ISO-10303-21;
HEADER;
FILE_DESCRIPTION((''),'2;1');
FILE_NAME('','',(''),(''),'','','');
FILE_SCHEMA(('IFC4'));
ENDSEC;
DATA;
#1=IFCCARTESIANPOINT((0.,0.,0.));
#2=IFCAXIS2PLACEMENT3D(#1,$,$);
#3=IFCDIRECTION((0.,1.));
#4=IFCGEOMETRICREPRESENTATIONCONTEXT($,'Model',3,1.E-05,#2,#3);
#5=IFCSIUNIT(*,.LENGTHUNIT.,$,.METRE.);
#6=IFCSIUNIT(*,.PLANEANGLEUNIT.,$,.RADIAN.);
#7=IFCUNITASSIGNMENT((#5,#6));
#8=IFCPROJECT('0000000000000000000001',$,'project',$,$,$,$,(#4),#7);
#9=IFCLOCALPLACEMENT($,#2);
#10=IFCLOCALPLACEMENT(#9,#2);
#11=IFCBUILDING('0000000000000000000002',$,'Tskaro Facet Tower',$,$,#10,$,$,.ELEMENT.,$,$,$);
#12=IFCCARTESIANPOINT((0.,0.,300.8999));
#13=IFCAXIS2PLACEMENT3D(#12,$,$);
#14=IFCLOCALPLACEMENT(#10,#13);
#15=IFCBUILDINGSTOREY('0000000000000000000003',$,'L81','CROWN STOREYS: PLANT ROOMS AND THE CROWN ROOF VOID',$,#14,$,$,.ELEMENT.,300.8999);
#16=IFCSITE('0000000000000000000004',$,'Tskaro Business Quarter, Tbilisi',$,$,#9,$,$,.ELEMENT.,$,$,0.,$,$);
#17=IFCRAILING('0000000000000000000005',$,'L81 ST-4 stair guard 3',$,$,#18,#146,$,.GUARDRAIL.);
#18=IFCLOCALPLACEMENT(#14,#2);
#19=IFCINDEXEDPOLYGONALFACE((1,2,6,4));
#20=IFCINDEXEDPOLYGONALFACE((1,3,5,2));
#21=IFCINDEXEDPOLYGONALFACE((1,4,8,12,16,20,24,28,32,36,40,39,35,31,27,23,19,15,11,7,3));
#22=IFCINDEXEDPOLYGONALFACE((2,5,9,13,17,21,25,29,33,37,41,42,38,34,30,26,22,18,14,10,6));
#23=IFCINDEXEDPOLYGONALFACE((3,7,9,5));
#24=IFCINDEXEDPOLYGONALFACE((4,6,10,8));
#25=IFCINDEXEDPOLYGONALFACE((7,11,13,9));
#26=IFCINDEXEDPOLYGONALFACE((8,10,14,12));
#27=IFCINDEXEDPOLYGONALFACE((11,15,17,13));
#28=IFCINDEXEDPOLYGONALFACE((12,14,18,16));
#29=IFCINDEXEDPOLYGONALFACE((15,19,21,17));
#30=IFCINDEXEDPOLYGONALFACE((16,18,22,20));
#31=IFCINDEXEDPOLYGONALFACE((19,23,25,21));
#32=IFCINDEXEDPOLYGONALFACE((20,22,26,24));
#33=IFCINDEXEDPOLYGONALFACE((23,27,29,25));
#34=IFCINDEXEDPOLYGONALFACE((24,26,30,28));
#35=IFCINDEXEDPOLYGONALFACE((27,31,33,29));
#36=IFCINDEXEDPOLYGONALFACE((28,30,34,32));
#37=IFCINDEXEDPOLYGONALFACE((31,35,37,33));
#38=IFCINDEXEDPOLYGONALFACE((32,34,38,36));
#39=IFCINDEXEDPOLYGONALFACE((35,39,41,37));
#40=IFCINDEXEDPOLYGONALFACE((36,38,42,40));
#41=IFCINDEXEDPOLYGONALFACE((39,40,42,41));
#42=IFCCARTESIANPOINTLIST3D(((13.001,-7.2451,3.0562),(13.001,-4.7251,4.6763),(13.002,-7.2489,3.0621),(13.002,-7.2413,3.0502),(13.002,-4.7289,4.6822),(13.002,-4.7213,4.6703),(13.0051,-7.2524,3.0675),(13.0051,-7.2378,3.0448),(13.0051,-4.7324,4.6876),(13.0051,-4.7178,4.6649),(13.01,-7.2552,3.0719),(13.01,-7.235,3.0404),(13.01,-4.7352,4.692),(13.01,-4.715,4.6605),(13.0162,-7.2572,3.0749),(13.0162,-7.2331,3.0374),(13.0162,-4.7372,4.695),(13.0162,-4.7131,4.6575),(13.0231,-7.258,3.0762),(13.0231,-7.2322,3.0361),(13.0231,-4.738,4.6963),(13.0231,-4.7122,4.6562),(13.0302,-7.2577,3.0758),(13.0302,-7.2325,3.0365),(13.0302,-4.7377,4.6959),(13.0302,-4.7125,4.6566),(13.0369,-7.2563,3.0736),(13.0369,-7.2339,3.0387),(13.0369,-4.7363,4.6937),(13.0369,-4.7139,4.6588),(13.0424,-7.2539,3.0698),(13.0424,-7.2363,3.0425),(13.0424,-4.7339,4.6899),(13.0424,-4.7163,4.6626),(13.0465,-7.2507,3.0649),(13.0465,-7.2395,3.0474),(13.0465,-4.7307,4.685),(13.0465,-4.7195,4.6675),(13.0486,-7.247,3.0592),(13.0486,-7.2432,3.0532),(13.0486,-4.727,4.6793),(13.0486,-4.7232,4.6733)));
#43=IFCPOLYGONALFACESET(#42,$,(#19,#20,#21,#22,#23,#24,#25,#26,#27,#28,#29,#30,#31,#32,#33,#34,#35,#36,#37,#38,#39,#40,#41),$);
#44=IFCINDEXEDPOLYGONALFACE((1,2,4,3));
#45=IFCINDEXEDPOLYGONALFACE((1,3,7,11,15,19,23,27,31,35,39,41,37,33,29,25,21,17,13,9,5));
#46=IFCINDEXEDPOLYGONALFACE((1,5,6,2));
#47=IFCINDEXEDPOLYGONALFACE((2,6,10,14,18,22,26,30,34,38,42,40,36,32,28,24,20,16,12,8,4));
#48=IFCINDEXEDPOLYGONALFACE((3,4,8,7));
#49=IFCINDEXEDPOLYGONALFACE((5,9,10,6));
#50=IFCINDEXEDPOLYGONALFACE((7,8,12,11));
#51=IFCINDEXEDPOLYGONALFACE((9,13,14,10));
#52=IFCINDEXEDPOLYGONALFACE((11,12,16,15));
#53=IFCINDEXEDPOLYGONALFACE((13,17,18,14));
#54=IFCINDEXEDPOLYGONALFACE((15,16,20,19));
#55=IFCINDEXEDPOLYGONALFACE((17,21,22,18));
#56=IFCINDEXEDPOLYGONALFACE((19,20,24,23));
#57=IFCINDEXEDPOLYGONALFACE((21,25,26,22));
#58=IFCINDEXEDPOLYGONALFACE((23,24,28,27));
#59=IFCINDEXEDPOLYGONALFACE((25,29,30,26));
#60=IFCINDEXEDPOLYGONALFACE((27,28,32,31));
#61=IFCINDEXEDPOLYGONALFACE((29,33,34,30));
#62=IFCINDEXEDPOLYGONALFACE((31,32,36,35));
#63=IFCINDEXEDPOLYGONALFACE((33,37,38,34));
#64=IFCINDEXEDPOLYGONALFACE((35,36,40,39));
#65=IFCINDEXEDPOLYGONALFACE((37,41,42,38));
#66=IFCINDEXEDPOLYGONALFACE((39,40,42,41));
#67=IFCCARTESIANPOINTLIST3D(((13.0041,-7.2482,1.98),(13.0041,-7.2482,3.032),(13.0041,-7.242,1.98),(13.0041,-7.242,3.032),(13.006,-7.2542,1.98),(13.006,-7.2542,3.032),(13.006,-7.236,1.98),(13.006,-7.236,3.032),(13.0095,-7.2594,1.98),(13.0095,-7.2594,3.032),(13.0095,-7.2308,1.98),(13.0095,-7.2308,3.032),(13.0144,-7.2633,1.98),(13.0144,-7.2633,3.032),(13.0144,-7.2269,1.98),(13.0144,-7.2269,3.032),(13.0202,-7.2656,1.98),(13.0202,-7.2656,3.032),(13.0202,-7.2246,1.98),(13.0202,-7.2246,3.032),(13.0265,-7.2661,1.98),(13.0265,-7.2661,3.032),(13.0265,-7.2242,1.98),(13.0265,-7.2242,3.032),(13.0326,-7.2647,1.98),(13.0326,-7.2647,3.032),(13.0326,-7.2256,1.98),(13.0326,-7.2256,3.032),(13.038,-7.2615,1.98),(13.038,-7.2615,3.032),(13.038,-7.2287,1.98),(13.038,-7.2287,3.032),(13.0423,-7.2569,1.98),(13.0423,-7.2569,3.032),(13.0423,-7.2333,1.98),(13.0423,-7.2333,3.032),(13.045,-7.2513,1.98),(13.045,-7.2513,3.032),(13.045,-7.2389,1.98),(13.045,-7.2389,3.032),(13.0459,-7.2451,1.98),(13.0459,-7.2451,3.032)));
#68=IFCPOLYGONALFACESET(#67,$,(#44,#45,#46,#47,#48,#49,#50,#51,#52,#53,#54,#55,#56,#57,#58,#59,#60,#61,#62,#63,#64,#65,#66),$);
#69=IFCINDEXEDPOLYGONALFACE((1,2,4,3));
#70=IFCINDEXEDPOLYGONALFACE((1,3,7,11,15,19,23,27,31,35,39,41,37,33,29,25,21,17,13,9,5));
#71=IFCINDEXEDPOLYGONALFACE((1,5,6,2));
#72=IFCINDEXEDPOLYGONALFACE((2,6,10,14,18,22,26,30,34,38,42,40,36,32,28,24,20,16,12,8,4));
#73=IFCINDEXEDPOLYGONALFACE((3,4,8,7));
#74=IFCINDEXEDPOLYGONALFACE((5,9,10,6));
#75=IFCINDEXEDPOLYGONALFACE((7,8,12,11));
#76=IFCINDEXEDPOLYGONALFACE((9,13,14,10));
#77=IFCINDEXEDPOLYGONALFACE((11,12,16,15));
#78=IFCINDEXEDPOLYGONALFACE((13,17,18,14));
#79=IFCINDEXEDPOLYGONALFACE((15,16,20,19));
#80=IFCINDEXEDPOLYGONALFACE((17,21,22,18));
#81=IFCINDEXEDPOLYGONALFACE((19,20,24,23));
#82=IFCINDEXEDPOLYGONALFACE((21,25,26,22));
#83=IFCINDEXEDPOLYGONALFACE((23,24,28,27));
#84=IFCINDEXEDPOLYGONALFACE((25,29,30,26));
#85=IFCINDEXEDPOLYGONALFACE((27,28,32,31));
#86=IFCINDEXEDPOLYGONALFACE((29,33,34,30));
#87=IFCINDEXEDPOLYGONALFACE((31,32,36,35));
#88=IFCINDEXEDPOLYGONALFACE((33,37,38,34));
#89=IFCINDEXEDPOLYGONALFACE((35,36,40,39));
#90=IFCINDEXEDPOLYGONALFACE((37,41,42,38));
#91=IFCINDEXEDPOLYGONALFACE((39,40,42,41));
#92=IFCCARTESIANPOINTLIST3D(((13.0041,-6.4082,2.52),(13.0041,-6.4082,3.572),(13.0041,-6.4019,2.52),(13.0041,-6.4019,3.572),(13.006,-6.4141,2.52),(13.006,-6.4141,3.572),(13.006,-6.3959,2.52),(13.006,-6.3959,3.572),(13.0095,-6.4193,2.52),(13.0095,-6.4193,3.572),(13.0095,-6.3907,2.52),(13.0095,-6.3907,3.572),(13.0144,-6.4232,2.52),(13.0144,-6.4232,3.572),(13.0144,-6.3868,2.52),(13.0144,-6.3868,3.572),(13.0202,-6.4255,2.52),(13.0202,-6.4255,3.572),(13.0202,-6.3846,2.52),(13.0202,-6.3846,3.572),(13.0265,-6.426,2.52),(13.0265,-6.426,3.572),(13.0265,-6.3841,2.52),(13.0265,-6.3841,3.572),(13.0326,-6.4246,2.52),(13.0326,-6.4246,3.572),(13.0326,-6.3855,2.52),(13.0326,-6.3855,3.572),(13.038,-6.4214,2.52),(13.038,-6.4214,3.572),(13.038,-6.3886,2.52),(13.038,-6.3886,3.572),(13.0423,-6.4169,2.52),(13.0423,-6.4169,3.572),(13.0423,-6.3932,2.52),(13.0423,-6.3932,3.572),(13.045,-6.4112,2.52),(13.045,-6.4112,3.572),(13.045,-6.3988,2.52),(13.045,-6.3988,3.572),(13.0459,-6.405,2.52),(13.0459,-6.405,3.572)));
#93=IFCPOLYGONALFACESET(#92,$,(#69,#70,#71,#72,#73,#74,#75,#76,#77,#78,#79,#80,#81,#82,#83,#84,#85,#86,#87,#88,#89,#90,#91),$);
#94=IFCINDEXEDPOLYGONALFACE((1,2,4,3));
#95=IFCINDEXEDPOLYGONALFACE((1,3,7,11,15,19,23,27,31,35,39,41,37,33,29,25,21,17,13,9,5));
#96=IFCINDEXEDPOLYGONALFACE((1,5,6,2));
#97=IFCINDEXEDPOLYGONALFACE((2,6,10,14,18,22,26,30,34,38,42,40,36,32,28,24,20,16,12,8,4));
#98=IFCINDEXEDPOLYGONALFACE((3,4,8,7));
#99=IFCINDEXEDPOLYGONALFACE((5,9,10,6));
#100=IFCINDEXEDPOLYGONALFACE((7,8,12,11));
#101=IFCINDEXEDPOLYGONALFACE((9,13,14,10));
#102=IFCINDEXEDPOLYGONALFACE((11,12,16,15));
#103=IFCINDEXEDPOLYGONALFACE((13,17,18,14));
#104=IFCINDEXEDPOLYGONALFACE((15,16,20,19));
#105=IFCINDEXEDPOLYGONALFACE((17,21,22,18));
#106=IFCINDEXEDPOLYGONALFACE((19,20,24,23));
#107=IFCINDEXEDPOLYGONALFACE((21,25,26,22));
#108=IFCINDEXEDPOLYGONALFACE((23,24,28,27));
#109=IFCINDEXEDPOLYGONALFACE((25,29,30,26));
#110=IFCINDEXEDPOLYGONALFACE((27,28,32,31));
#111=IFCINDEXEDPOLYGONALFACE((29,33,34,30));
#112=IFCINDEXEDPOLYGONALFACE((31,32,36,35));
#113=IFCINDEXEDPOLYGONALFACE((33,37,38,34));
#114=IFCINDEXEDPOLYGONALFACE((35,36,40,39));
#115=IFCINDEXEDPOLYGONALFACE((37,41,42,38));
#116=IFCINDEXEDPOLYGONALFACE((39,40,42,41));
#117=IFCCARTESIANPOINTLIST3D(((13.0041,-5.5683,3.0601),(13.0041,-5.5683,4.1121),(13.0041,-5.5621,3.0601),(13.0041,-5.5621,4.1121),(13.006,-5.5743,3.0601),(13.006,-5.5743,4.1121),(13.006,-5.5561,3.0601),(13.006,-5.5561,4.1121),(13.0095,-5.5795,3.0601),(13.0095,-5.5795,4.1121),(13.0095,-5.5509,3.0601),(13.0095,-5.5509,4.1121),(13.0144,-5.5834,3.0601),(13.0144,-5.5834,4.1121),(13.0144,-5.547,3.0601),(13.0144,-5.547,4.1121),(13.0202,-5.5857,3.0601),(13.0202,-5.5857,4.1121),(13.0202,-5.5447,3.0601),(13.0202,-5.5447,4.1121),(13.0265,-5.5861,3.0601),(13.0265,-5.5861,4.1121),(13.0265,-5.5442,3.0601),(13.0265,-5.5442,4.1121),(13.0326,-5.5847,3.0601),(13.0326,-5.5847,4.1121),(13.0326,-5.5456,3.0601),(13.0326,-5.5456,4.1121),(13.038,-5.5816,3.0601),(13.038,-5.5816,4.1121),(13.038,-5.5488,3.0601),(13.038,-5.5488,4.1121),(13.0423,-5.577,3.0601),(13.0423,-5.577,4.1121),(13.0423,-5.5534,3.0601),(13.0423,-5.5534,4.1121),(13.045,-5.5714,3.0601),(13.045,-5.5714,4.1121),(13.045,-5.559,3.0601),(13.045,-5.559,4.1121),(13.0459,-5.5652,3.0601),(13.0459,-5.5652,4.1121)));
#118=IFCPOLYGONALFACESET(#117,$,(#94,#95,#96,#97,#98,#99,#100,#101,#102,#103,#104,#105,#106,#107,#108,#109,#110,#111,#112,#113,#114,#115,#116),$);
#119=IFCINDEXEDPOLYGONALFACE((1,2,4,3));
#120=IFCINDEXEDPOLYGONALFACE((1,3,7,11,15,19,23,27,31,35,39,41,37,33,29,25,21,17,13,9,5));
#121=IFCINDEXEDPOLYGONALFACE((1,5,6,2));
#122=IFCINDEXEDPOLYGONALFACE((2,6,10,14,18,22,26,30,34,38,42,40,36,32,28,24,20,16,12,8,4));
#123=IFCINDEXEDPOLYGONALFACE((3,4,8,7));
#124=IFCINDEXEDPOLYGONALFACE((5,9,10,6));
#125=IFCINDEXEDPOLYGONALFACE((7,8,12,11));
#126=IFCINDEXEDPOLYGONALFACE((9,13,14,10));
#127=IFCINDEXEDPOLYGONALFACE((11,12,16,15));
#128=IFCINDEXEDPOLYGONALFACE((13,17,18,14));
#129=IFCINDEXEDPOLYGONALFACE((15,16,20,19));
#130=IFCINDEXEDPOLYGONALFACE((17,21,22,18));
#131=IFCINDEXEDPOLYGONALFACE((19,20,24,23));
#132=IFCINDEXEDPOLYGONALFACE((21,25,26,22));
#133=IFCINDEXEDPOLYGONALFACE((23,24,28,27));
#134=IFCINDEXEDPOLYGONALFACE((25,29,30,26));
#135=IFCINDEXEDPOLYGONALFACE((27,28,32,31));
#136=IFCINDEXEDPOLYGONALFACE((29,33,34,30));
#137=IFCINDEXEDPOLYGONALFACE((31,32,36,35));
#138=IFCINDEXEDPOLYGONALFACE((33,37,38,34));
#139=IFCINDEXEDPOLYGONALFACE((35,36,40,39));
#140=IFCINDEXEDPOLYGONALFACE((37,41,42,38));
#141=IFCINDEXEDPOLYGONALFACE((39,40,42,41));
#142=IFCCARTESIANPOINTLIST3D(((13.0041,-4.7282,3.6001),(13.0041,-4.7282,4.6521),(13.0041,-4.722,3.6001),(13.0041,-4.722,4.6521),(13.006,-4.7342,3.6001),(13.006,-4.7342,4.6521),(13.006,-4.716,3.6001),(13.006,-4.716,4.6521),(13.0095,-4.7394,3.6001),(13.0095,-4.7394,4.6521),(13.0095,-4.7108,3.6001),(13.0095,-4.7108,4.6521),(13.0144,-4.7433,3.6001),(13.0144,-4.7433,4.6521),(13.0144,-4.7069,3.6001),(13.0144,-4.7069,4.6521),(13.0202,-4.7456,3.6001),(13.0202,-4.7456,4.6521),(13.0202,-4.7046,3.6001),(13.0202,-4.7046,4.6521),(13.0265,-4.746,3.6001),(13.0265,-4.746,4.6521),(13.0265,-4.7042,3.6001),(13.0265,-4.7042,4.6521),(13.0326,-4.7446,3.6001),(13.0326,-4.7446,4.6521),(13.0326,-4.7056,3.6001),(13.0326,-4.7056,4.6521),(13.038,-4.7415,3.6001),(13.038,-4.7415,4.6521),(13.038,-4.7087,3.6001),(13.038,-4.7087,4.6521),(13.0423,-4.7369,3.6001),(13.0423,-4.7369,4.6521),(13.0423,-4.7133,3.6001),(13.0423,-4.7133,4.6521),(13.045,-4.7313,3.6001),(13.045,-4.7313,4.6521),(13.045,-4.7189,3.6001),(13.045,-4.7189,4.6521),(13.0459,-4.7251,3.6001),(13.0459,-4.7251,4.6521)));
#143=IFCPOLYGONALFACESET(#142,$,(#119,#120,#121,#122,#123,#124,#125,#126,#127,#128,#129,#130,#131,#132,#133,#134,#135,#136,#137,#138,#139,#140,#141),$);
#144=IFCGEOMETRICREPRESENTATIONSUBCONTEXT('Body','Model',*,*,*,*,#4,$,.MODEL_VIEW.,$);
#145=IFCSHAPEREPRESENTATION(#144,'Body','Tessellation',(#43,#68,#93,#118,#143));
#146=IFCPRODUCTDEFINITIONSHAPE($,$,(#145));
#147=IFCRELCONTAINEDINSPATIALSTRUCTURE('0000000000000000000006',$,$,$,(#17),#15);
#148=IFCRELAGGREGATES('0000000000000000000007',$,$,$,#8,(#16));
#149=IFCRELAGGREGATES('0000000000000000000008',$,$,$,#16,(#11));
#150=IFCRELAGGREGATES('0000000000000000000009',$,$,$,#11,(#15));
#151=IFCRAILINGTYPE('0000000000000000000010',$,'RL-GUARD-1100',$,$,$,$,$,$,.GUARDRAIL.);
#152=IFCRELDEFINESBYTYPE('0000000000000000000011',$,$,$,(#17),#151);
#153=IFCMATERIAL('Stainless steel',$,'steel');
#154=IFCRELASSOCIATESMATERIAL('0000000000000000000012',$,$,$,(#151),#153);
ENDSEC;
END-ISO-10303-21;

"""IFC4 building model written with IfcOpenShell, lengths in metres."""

from ifc_helpers import new_model, si_unit, direction, frame, origin, origin_2d, place, context, subcontext, project, spatial, circle, extrude, material, type_object, element, save


model = new_model("IFC4")

# Units and contexts
model_context = context("Model", 3, precision=1e-05, world=origin(), true_north=direction((0.0, 1.0)))
body_context = subcontext(model_context, "Body", "Model", "MODEL_VIEW")
ifc_project = project(units=[si_unit("LENGTHUNIT", "METRE"), si_unit("PLANEANGLEUNIT", "RADIAN")], contexts=[model_context])

# Site, building, storey
site_placement = place(None, origin())
site = spatial("IfcSite", under=ifc_project, at=site_placement, Name="Tskaro Business Quarter, Tbilisi", CompositionType="ELEMENT", RefElevation=0.0)
building_placement = place(site_placement, origin())
building = spatial("IfcBuilding", under=site, at=building_placement, Name="Tskaro Facet Tower", CompositionType="ELEMENT")
storey_placement = place(building_placement, frame((0.0, 0.0, 300.8999)))
storey = spatial("IfcBuildingStorey", under=building, at=storey_placement, Name="L81", Description="CROWN STOREYS: PLANT ROOMS AND THE CROWN ROOF VOID", CompositionType="ELEMENT", Elevation=300.8999)

# Railing
ifc_material_1 = material(Name="Stainless steel", Category="steel")
railing_type_1 = type_object("IfcRailingType", Name="RL-GUARD-1100", PredefinedType="GUARDRAIL", material=ifc_material_1)
railing_1_placement = place(storey_placement, frame((13.0249, -7.2451, 1.98)))
element("IfcRailing", 1, at=railing_1_placement, inside=storey, type_object=railing_type_1, Name="L81 ST-4 stair guard 3", PredefinedType="GUARDRAIL", context=body_context, shape_type="SweptSolid", body=[
    extrude(circle(Radius=0.0239, at=origin_2d()), frame((0.0, 0.0, 1.0762), z_axis=(0.0, 0.841163, 0.540782), x_axis=(-1.0, 0.0, 0.0)), (0.0, 0.0, 1.0), 2.9958),
    extrude(circle(Radius=0.021, at=origin_2d()), origin(), (0.0, 0.0, 1.0), 1.052),
    extrude(circle(Radius=0.021, at=origin_2d()), frame((0.0, 0.8401, 0.54)), (0.0, 0.0, 1.0), 1.052),
    extrude(circle(Radius=0.021, at=origin_2d()), frame((0.0, 1.6799, 1.0801)), (0.0, 0.0, 1.0), 1.052),
    extrude(circle(Radius=0.021, at=origin_2d()), frame((0.0, 2.52, 1.6201)), (0.0, 0.0, 1.0), 1.052),
])

save(model, "model.ifc")
